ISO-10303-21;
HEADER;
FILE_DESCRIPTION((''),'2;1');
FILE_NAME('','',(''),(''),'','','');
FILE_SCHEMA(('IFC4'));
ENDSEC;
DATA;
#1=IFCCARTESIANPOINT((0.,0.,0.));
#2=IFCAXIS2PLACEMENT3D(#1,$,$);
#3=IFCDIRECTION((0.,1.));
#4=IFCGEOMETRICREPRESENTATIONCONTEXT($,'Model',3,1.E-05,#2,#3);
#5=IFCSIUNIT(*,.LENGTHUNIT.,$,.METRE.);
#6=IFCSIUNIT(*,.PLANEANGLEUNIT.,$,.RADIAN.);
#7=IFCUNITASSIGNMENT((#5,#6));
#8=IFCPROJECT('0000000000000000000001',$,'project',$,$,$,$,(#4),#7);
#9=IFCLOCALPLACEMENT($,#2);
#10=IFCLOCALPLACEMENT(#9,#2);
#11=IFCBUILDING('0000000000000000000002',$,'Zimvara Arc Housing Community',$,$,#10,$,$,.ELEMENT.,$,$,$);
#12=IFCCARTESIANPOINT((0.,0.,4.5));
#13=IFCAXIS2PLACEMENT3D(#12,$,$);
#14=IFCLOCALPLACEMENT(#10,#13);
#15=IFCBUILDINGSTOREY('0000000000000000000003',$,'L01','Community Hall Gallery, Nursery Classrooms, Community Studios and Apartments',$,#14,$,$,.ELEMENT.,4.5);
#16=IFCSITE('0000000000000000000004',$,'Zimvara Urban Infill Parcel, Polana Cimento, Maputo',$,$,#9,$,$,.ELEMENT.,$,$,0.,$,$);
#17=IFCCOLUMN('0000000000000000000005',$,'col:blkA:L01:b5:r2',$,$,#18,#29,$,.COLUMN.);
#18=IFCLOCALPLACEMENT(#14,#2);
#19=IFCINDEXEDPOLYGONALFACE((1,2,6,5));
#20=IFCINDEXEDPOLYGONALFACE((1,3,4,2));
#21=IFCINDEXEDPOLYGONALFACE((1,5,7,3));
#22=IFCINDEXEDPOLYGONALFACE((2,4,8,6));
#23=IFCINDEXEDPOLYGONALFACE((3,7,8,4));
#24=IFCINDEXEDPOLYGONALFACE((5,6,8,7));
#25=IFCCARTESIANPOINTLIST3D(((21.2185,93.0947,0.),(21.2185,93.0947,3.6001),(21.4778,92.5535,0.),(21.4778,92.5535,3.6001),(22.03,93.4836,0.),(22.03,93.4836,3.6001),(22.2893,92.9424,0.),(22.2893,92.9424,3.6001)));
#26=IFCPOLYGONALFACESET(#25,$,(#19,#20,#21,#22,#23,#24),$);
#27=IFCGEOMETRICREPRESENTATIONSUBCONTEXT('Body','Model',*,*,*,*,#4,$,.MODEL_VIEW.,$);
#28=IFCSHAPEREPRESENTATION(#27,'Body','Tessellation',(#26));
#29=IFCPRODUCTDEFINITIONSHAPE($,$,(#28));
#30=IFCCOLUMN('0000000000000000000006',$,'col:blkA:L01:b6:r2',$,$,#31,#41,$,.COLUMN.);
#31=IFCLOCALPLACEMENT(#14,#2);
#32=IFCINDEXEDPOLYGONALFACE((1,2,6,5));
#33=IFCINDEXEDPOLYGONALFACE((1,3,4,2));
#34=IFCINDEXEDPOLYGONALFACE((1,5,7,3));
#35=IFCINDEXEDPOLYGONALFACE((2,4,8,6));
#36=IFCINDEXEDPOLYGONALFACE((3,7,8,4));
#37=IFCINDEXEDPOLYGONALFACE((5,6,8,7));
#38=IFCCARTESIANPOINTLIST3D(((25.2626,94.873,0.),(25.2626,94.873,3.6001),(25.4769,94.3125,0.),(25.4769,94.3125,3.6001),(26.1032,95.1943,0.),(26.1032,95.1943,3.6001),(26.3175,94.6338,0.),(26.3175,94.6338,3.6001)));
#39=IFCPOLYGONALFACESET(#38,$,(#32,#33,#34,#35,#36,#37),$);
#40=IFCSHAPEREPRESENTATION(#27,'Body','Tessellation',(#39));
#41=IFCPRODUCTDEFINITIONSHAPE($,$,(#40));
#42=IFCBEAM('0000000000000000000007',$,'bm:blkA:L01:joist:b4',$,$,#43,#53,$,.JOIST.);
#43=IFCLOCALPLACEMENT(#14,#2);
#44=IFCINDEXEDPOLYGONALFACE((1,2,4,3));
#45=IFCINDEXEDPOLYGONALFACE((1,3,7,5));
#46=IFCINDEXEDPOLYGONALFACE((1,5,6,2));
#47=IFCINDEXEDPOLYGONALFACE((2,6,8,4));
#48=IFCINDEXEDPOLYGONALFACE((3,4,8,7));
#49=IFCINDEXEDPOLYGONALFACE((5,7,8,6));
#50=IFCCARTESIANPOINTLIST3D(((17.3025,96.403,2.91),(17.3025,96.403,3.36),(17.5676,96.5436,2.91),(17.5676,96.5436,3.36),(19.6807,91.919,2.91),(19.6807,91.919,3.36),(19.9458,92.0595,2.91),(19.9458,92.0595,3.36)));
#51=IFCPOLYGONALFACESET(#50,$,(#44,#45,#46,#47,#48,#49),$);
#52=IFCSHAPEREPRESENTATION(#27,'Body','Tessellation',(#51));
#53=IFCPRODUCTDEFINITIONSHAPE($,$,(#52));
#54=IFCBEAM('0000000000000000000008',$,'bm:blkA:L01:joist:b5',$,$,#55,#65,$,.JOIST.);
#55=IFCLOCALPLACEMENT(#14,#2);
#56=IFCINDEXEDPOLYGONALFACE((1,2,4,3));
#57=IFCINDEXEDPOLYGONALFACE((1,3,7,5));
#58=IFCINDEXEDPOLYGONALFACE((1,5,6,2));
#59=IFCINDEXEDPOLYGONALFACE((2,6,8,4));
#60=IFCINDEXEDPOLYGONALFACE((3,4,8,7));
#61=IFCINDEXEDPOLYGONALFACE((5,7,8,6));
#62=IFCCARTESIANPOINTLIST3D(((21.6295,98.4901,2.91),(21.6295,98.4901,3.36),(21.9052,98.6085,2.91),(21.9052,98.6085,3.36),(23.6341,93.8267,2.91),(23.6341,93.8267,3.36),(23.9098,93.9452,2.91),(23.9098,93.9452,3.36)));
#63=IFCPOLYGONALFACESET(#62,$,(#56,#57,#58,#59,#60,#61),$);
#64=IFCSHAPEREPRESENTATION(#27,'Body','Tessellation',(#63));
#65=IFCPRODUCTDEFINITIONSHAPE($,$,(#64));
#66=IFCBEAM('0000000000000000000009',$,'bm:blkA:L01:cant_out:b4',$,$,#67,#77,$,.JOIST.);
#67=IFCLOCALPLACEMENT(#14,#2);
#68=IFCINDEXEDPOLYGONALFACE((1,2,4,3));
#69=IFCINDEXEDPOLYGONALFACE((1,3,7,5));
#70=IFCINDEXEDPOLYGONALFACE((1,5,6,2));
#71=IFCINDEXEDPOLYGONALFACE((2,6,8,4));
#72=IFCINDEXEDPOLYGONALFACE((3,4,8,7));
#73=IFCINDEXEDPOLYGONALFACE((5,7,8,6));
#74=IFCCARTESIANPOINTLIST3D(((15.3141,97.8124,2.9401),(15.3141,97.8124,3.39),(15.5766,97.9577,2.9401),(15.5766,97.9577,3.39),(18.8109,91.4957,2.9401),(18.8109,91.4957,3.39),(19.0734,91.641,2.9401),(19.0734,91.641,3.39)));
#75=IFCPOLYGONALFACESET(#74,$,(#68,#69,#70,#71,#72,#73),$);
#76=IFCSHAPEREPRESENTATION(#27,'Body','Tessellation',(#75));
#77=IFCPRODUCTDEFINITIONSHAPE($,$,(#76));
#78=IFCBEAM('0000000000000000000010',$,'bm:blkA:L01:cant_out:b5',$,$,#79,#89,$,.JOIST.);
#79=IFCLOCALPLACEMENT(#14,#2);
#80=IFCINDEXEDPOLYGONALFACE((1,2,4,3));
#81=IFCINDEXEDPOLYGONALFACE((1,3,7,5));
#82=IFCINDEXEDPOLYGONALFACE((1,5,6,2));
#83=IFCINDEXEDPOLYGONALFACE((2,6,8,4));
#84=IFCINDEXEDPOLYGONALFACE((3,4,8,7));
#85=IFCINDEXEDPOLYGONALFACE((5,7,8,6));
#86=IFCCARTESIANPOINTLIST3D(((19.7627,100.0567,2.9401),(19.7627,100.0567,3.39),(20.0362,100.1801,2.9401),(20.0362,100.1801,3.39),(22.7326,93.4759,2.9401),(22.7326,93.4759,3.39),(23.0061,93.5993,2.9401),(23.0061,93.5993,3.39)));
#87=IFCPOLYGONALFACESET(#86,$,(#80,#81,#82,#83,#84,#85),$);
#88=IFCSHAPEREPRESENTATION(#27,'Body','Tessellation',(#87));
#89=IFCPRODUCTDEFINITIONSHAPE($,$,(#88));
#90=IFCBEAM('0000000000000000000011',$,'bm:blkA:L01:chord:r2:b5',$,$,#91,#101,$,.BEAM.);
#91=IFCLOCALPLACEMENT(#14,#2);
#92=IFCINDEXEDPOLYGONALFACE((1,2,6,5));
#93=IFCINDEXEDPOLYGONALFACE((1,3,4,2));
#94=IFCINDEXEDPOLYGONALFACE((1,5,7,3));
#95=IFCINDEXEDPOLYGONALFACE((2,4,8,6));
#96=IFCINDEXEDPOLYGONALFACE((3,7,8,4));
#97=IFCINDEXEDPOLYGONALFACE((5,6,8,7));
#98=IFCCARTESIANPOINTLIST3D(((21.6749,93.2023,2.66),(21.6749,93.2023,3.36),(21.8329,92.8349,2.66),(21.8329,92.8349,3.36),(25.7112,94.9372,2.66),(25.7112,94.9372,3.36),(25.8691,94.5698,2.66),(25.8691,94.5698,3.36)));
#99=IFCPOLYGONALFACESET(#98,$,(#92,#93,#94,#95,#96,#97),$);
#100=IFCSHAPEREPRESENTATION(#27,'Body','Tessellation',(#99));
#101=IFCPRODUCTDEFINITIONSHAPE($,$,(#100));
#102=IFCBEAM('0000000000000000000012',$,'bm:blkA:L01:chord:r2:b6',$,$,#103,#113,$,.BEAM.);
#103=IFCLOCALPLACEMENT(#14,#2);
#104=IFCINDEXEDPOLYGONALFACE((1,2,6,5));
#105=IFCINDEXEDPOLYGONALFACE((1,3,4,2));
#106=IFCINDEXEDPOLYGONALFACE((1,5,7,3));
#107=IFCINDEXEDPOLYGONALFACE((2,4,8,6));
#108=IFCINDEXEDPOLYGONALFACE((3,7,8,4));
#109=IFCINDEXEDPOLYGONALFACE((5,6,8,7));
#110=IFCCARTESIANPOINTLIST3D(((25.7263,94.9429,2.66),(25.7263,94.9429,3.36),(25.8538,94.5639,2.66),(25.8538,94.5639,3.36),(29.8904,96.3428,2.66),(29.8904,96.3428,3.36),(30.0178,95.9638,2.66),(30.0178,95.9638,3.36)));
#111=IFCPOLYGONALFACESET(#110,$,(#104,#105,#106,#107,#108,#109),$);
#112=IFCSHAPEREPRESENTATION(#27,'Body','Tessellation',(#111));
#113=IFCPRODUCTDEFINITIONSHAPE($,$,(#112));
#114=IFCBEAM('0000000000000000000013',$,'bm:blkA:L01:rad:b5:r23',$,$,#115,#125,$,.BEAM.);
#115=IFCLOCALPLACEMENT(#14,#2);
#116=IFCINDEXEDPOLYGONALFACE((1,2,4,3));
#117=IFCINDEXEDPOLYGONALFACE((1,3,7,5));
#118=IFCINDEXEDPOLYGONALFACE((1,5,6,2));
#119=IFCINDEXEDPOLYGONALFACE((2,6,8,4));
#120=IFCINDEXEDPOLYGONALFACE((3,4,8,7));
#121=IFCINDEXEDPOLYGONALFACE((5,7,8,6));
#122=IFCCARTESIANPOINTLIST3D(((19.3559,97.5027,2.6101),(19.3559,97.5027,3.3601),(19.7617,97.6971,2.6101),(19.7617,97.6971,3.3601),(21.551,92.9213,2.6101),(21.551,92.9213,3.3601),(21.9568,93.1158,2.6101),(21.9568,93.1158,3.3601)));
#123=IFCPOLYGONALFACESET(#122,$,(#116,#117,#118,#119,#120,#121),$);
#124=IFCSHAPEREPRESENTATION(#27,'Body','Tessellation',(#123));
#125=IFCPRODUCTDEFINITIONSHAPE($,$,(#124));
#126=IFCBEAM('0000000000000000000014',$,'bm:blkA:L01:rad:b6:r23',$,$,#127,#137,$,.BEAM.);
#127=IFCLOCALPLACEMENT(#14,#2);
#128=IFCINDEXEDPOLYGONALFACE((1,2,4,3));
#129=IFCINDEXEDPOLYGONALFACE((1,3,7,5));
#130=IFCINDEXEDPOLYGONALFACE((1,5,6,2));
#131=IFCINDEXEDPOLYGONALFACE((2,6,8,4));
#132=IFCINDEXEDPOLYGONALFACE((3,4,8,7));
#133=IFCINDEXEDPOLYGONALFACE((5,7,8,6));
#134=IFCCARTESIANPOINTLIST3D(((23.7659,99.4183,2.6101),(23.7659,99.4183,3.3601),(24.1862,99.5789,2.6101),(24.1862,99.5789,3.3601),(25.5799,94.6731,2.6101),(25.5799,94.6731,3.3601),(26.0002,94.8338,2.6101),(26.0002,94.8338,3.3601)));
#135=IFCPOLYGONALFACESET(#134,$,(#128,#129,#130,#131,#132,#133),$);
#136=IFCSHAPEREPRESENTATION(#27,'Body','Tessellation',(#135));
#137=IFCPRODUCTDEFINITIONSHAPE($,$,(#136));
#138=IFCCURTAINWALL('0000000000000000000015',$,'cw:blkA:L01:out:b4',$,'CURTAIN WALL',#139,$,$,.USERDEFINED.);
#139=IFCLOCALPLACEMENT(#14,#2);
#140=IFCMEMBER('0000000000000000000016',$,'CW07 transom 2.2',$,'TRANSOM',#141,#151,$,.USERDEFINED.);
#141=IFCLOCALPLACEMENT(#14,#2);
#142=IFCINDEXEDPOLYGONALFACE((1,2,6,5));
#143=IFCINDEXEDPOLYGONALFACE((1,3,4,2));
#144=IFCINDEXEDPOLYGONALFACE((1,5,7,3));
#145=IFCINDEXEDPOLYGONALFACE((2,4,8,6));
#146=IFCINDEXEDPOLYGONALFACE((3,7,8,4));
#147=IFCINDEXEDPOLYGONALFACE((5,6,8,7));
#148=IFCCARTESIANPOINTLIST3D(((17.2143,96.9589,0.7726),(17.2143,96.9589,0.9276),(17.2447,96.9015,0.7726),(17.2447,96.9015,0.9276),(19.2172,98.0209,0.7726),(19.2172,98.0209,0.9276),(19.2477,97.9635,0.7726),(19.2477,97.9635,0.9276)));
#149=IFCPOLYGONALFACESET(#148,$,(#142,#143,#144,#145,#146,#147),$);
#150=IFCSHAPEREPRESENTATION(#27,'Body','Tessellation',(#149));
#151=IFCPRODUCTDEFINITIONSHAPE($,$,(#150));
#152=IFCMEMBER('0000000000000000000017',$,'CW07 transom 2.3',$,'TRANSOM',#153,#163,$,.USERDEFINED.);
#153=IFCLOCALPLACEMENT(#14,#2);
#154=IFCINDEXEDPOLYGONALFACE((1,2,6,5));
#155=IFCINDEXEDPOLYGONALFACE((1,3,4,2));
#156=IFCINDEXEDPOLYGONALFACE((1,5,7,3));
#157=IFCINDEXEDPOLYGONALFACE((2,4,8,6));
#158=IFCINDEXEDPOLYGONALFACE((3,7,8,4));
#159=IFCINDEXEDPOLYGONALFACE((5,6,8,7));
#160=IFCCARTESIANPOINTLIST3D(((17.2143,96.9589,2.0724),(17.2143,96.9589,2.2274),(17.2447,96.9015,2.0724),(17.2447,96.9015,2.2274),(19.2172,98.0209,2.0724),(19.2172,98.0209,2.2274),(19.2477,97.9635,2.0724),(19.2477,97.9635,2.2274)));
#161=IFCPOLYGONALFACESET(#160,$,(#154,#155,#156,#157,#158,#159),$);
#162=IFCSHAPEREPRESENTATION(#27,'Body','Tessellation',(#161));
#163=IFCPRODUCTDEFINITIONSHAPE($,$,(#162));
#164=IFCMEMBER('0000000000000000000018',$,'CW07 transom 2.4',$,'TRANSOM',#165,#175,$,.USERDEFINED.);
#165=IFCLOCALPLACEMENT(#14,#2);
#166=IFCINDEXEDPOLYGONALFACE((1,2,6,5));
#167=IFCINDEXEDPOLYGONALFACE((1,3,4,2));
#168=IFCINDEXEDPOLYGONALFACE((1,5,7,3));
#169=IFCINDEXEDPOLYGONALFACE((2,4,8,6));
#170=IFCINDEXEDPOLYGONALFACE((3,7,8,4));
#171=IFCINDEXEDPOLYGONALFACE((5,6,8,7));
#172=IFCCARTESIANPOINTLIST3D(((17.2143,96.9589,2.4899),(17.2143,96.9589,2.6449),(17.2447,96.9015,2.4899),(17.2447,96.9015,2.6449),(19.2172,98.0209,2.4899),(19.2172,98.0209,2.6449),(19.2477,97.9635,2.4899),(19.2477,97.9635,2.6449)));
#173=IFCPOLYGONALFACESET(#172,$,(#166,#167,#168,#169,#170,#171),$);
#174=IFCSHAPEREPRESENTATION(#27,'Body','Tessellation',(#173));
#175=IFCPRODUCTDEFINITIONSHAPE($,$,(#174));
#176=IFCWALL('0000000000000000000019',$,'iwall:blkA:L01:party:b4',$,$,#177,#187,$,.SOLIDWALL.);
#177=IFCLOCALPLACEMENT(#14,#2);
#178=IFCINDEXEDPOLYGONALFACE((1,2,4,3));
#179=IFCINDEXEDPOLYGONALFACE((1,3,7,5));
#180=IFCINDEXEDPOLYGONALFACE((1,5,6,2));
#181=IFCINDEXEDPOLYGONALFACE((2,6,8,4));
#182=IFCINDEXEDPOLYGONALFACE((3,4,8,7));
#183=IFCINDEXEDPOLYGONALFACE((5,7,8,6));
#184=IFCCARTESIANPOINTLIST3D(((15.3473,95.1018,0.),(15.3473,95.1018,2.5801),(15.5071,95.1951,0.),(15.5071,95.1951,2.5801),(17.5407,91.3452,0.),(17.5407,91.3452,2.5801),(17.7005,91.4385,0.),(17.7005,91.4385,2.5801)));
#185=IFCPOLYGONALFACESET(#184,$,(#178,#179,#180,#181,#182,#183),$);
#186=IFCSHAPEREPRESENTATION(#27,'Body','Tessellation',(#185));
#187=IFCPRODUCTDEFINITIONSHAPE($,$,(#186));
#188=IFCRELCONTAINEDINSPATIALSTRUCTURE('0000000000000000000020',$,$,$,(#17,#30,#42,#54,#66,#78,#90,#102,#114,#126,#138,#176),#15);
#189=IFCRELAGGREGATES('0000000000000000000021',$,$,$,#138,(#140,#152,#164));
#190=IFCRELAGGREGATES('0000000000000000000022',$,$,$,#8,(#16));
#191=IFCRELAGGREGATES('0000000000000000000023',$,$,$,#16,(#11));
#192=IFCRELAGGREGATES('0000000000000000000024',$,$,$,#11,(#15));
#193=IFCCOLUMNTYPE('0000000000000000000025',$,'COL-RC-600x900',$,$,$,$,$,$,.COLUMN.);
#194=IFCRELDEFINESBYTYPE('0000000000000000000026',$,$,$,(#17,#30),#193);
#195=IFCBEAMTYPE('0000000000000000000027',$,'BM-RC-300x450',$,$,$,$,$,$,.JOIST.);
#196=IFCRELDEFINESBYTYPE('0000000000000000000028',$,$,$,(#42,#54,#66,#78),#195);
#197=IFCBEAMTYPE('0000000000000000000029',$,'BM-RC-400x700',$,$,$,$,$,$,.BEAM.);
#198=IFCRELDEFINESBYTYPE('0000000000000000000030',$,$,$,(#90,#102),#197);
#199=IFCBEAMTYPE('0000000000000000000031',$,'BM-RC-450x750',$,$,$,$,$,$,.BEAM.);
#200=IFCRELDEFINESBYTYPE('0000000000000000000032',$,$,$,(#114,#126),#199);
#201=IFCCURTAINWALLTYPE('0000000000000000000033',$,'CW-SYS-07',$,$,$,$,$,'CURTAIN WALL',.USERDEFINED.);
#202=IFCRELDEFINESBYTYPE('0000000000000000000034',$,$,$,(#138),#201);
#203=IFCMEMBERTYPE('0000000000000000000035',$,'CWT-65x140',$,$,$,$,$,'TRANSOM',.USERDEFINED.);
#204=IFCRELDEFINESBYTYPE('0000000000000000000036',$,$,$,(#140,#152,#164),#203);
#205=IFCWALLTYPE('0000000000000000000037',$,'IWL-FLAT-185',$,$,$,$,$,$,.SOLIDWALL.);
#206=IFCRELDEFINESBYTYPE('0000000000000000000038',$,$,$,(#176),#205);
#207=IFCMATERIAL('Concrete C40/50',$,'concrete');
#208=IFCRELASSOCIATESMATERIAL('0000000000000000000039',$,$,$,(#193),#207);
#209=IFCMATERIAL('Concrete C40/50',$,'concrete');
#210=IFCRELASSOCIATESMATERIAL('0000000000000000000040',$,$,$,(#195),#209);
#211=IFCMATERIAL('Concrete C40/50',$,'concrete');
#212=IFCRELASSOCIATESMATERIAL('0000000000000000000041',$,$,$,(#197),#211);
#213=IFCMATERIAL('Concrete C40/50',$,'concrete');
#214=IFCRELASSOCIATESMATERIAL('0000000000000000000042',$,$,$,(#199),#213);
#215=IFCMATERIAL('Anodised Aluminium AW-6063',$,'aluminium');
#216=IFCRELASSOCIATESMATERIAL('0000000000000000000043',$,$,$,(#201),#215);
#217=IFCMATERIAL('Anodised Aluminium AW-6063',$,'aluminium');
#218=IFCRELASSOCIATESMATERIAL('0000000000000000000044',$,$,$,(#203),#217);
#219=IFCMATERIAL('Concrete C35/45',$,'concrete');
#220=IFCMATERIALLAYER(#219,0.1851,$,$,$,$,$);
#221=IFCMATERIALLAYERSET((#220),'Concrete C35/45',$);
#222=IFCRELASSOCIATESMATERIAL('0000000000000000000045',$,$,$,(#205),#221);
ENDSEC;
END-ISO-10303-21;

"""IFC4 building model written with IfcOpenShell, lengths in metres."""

from ifc_helpers import new_model, si_unit, direction, frame, frame_2d, origin, origin_2d, place, context, subcontext, project, spatial, rectangle, extrude, material, layer, layer_set, material_profile, profile_set, type_object, element, aggregate, save


model = new_model("IFC4")

# Units and contexts
model_context = context("Model", 3, precision=1e-05, world=origin(), true_north=direction((0.0, 1.0)))
body_context = subcontext(model_context, "Body", "Model", "MODEL_VIEW")
ifc_project = project(units=[si_unit("LENGTHUNIT", "METRE"), si_unit("PLANEANGLEUNIT", "RADIAN")], contexts=[model_context])

# Site, building, storey
site_placement = place(None, origin())
site = spatial("IfcSite", under=ifc_project, at=site_placement, Name="Zimvara Urban Infill Parcel, Polana Cimento, Maputo", CompositionType="ELEMENT", RefElevation=0.0)
building_placement = place(site_placement, origin())
building = spatial("IfcBuilding", under=site, at=building_placement, Name="Zimvara Arc Housing Community", CompositionType="ELEMENT")
storey_placement = place(building_placement, frame((0.0, 0.0, 4.5)))
storey = spatial("IfcBuildingStorey", under=building, at=storey_placement, Name="L01", Description="Community Hall Gallery, Nursery Classrooms, Community Studios and Apartments", CompositionType="ELEMENT", Elevation=4.5)

# Columns
ifc_material_1 = material(Name="Concrete C40/50", Category="concrete")
ifc_material_profile_1 = material_profile(ifc_material_1, rectangle(XDim=0.6001, YDim=0.8999, at=origin_2d()), Name="RC 600x900")
ifc_profile_set_1 = profile_set([ifc_material_profile_1], Name="Concrete C40/50")
column_type = type_object("IfcColumnType", Name="COL-RC-600x900", PredefinedType="COLUMN", material=ifc_profile_set_1)
for number, where, z_axis, x_axis, name in (
    (1, (21.7539, 93.0186, 0.0), (0.0, 0.0, 1.0), (-0.432086, 0.901833, 0.0), "col:blkA:L01:b5:r2"),
    (2, (25.79, 94.7534, 0.0), (0.0, 0.0, 1.0), (-0.357064, 0.93408, 0.0), "col:blkA:L01:b6:r2"),
):
    element("IfcColumn", number, at=place(storey_placement, frame(where, z_axis=z_axis, x_axis=x_axis)), inside=storey, type_object=column_type, Name=name, PredefinedType="COLUMN", context=body_context, shape_type="SweptSolid", body=[
        extrude(rectangle(XDim=0.6001, YDim=0.8999, at=origin_2d()), origin(), (0.0, 0.0, 1.0), 3.6001),
    ])

# Beams
ifc_material_2 = material(Name="Concrete C40/50", Category="concrete")
ifc_material_profile_2 = material_profile(ifc_material_2, rectangle(XDim=0.3, YDim=0.45, at=origin_2d()), Name="RC 300x450")
ifc_profile_set_2 = profile_set([ifc_material_profile_2], Name="Concrete C40/50")
beam_type_1 = type_object("IfcBeamType", Name="BM-RC-300x450", PredefinedType="JOIST", material=ifc_profile_set_2)
beam_1_placement = place(storey_placement, frame((19.8132, 91.9893, 3.135), z_axis=(-0.468537, 0.883444, 0.0), x_axis=(-0.883444, -0.468537, 0.0)))
element("IfcBeam", 3, at=beam_1_placement, inside=storey, type_object=beam_type_1, Name="bm:blkA:L01:joist:b4", PredefinedType="JOIST", context=body_context, shape_type="SweptSolid", body=[
    extrude(rectangle(XDim=0.3, YDim=0.45, at=origin_2d()), origin(), (0.0, 0.0, 1.0), 5.0757),
])
beam_2_placement = place(storey_placement, frame((23.772, 93.886, 3.135), z_axis=(-0.394929, 0.918712, 0.0), x_axis=(-0.918712, -0.394929, 0.0)))
element("IfcBeam", 4, at=beam_2_placement, inside=storey, type_object=beam_type_1, Name="bm:blkA:L01:joist:b5", PredefinedType="JOIST", context=body_context, shape_type="SweptSolid", body=[
    extrude(rectangle(XDim=0.3, YDim=0.45, at=origin_2d()), origin(), (0.0, 0.0, 1.0), 5.0759),
])
for number, where, z_axis, x_axis, name in (
    (5, (18.9421, 91.5684, 3.165), (-0.484327, 0.874887, 0.0), (-0.874887, -0.484327, 0.0), "bm:blkA:L01:cant_out:b4"),
    (6, (22.8694, 93.5376, 3.165), (-0.411356, 0.911475, 0.0), (-0.911475, -0.411356, 0.0), "bm:blkA:L01:cant_out:b5"),
):
    element("IfcBeam", number, at=place(storey_placement, frame(where, z_axis=z_axis, x_axis=x_axis)), inside=storey, type_object=beam_type_1, Name=name, PredefinedType="JOIST", context=body_context, shape_type="SweptSolid", body=[
        extrude(rectangle(XDim=0.3, YDim=0.45, at=origin_2d()), origin(), (0.0, 0.0, 1.0), 7.22),
    ])
ifc_material_3 = material(Name="Concrete C40/50", Category="concrete")
ifc_material_profile_3 = material_profile(ifc_material_3, rectangle(XDim=0.3999, YDim=0.7, at=origin_2d()), Name="RC 400x700")
ifc_profile_set_3 = profile_set([ifc_material_profile_3], Name="Concrete C40/50")
beam_type_2 = type_object("IfcBeamType", Name="BM-RC-400x700", PredefinedType="BEAM", material=ifc_profile_set_3)
beam_3_placement = place(storey_placement, frame((21.7539, 93.0186, 3.01), z_axis=(0.918725, 0.394898, 0.0), x_axis=(-0.394898, 0.918725, 0.0)))
element("IfcBeam", 7, at=beam_3_placement, inside=storey, type_object=beam_type_2, Name="bm:blkA:L01:chord:r2:b5", PredefinedType="BEAM", context=body_context, shape_type="SweptSolid", body=[
    extrude(rectangle(XDim=0.3999, YDim=0.7, at=origin_2d()), origin(), (0.0, 0.0, 1.0), 4.3933),
])
beam_4_placement = place(storey_placement, frame((25.79, 94.7534, 3.01), z_axis=(0.947869, 0.318661, 0.0), x_axis=(-0.318661, 0.947869, 0.0)))
element("IfcBeam", 8, at=beam_4_placement, inside=storey, type_object=beam_type_2, Name="bm:blkA:L01:chord:r2:b6", PredefinedType="BEAM", context=body_context, shape_type="SweptSolid", body=[
    extrude(rectangle(XDim=0.3999, YDim=0.7, at=origin_2d()), origin(), (0.0, 0.0, 1.0), 4.3931),
])
ifc_material_4 = material(Name="Concrete C40/50", Category="concrete")
ifc_material_profile_4 = material_profile(ifc_material_4, rectangle(XDim=0.45, YDim=0.75, at=origin_2d()), Name="RC 450x750")
ifc_profile_set_4 = profile_set([ifc_material_profile_4], Name="Concrete C40/50")
beam_type_3 = type_object("IfcBeamType", Name="BM-RC-450x750", PredefinedType="BEAM", material=ifc_profile_set_4)
for number, where, z_axis, x_axis, name in (
    (9, (21.7539, 93.0186, 2.9851), (-0.432098, 0.901827, 0.0), (-0.901827, -0.432098, 0.0), "bm:blkA:L01:rad:b5:r23"),
    (10, (25.79, 94.7534, 2.9851), (-0.357078, 0.934074, 0.0), (-0.934074, -0.357078, 0.0), "bm:blkA:L01:rad:b6:r23"),
):
    element("IfcBeam", number, at=place(storey_placement, frame(where, z_axis=z_axis, x_axis=x_axis)), inside=storey, type_object=beam_type_3, Name=name, PredefinedType="BEAM", context=body_context, shape_type="SweptSolid", body=[
        extrude(rectangle(XDim=0.45, YDim=0.75, at=origin_2d()), origin(), (0.0, 0.0, 1.0), 5.0801),
    ])

# Curtain wall, members
ifc_material_5 = material(Name="Anodised Aluminium AW-6063", Category="aluminium")
curtain_wall_type = type_object("IfcCurtainWallType", Name="CW-SYS-07", ElementType="CURTAIN WALL", PredefinedType="USERDEFINED", material=ifc_material_5)
curtain_wall_placement = place(storey_placement, origin())
curtain_wall = element("IfcCurtainWall", 11, at=curtain_wall_placement, inside=storey, type_object=curtain_wall_type, Name="cw:blkA:L01:out:b4", ObjectType="CURTAIN WALL", PredefinedType="USERDEFINED")
ifc_material_6 = material(Name="Anodised Aluminium AW-6063", Category="aluminium")
ifc_material_profile_5 = material_profile(ifc_material_6, rectangle(XDim=0.0649, YDim=0.155, at=origin_2d()), Name="ALU 65x155")
ifc_profile_set_5 = profile_set([ifc_material_profile_5], Name="Anodised Aluminium AW-6063")
member_type = type_object("IfcMemberType", Name="CWT-65x140", ElementType="TRANSOM", PredefinedType="USERDEFINED", material=ifc_profile_set_5)
member_1_placement = place(storey_placement, frame((17.2295, 96.9302, 0.8501), z_axis=(0.883489, 0.468452, 0.0), x_axis=(-0.468452, 0.883489, 0.0)))
member_1 = element("IfcMember", 12, at=member_1_placement, type_object=member_type, Name="CW07 transom 2.2", ObjectType="TRANSOM", PredefinedType="USERDEFINED", context=body_context, shape_type="SweptSolid", body=[
    extrude(rectangle(XDim=0.0649, YDim=0.155, at=origin_2d()), origin(), (0.0, 0.0, 1.0), 2.2671),
])
member_2_placement = place(storey_placement, frame((17.2295, 96.9302, 2.1499), z_axis=(0.883489, 0.468452, 0.0), x_axis=(-0.468452, 0.883489, 0.0)))
member_2 = element("IfcMember", 13, at=member_2_placement, type_object=member_type, Name="CW07 transom 2.3", ObjectType="TRANSOM", PredefinedType="USERDEFINED", context=body_context, shape_type="SweptSolid", body=[
    extrude(rectangle(XDim=0.0649, YDim=0.155, at=origin_2d()), origin(), (0.0, 0.0, 1.0), 2.2671),
])
member_3_placement = place(storey_placement, frame((17.2295, 96.9302, 2.5674), z_axis=(0.883489, 0.468452, 0.0), x_axis=(-0.468452, 0.883489, 0.0)))
member_3 = element("IfcMember", 14, at=member_3_placement, type_object=member_type, Name="CW07 transom 2.4", ObjectType="TRANSOM", PredefinedType="USERDEFINED", context=body_context, shape_type="SweptSolid", body=[
    extrude(rectangle(XDim=0.0649, YDim=0.155, at=origin_2d()), origin(), (0.0, 0.0, 1.0), 2.2671),
])
aggregate(curtain_wall, [member_1, member_2, member_3])

# Wall
ifc_material_7 = material(Name="Concrete C35/45", Category="concrete")
ifc_layer_1 = layer(ifc_material_7, 0.1851)
ifc_layer_set_1 = layer_set([ifc_layer_1], Name="Concrete C35/45")
wall_type_1 = type_object("IfcWallType", Name="IWL-FLAT-185", PredefinedType="SOLIDWALL", material=ifc_layer_set_1)
for number, where, z_axis, x_axis, name in (
    (15, (17.6206, 91.3918, 0.0), (0.0, 0.0, 1.0), (-0.504216, 0.863577, 0.0), "iwall:blkA:L01:party:b4"),
):
    element("IfcWall", number, at=place(storey_placement, frame(where, z_axis=z_axis, x_axis=x_axis)), inside=storey, type_object=wall_type_1, Name=name, PredefinedType="SOLIDWALL", context=body_context, shape_type="SweptSolid", body=[
        extrude(rectangle(XDim=4.3501, YDim=0.1851, at=frame_2d((2.175, 0.0))), origin(), (0.0, 0.0, 1.0), 2.5801),
    ])

save(model, "model.ifc")
